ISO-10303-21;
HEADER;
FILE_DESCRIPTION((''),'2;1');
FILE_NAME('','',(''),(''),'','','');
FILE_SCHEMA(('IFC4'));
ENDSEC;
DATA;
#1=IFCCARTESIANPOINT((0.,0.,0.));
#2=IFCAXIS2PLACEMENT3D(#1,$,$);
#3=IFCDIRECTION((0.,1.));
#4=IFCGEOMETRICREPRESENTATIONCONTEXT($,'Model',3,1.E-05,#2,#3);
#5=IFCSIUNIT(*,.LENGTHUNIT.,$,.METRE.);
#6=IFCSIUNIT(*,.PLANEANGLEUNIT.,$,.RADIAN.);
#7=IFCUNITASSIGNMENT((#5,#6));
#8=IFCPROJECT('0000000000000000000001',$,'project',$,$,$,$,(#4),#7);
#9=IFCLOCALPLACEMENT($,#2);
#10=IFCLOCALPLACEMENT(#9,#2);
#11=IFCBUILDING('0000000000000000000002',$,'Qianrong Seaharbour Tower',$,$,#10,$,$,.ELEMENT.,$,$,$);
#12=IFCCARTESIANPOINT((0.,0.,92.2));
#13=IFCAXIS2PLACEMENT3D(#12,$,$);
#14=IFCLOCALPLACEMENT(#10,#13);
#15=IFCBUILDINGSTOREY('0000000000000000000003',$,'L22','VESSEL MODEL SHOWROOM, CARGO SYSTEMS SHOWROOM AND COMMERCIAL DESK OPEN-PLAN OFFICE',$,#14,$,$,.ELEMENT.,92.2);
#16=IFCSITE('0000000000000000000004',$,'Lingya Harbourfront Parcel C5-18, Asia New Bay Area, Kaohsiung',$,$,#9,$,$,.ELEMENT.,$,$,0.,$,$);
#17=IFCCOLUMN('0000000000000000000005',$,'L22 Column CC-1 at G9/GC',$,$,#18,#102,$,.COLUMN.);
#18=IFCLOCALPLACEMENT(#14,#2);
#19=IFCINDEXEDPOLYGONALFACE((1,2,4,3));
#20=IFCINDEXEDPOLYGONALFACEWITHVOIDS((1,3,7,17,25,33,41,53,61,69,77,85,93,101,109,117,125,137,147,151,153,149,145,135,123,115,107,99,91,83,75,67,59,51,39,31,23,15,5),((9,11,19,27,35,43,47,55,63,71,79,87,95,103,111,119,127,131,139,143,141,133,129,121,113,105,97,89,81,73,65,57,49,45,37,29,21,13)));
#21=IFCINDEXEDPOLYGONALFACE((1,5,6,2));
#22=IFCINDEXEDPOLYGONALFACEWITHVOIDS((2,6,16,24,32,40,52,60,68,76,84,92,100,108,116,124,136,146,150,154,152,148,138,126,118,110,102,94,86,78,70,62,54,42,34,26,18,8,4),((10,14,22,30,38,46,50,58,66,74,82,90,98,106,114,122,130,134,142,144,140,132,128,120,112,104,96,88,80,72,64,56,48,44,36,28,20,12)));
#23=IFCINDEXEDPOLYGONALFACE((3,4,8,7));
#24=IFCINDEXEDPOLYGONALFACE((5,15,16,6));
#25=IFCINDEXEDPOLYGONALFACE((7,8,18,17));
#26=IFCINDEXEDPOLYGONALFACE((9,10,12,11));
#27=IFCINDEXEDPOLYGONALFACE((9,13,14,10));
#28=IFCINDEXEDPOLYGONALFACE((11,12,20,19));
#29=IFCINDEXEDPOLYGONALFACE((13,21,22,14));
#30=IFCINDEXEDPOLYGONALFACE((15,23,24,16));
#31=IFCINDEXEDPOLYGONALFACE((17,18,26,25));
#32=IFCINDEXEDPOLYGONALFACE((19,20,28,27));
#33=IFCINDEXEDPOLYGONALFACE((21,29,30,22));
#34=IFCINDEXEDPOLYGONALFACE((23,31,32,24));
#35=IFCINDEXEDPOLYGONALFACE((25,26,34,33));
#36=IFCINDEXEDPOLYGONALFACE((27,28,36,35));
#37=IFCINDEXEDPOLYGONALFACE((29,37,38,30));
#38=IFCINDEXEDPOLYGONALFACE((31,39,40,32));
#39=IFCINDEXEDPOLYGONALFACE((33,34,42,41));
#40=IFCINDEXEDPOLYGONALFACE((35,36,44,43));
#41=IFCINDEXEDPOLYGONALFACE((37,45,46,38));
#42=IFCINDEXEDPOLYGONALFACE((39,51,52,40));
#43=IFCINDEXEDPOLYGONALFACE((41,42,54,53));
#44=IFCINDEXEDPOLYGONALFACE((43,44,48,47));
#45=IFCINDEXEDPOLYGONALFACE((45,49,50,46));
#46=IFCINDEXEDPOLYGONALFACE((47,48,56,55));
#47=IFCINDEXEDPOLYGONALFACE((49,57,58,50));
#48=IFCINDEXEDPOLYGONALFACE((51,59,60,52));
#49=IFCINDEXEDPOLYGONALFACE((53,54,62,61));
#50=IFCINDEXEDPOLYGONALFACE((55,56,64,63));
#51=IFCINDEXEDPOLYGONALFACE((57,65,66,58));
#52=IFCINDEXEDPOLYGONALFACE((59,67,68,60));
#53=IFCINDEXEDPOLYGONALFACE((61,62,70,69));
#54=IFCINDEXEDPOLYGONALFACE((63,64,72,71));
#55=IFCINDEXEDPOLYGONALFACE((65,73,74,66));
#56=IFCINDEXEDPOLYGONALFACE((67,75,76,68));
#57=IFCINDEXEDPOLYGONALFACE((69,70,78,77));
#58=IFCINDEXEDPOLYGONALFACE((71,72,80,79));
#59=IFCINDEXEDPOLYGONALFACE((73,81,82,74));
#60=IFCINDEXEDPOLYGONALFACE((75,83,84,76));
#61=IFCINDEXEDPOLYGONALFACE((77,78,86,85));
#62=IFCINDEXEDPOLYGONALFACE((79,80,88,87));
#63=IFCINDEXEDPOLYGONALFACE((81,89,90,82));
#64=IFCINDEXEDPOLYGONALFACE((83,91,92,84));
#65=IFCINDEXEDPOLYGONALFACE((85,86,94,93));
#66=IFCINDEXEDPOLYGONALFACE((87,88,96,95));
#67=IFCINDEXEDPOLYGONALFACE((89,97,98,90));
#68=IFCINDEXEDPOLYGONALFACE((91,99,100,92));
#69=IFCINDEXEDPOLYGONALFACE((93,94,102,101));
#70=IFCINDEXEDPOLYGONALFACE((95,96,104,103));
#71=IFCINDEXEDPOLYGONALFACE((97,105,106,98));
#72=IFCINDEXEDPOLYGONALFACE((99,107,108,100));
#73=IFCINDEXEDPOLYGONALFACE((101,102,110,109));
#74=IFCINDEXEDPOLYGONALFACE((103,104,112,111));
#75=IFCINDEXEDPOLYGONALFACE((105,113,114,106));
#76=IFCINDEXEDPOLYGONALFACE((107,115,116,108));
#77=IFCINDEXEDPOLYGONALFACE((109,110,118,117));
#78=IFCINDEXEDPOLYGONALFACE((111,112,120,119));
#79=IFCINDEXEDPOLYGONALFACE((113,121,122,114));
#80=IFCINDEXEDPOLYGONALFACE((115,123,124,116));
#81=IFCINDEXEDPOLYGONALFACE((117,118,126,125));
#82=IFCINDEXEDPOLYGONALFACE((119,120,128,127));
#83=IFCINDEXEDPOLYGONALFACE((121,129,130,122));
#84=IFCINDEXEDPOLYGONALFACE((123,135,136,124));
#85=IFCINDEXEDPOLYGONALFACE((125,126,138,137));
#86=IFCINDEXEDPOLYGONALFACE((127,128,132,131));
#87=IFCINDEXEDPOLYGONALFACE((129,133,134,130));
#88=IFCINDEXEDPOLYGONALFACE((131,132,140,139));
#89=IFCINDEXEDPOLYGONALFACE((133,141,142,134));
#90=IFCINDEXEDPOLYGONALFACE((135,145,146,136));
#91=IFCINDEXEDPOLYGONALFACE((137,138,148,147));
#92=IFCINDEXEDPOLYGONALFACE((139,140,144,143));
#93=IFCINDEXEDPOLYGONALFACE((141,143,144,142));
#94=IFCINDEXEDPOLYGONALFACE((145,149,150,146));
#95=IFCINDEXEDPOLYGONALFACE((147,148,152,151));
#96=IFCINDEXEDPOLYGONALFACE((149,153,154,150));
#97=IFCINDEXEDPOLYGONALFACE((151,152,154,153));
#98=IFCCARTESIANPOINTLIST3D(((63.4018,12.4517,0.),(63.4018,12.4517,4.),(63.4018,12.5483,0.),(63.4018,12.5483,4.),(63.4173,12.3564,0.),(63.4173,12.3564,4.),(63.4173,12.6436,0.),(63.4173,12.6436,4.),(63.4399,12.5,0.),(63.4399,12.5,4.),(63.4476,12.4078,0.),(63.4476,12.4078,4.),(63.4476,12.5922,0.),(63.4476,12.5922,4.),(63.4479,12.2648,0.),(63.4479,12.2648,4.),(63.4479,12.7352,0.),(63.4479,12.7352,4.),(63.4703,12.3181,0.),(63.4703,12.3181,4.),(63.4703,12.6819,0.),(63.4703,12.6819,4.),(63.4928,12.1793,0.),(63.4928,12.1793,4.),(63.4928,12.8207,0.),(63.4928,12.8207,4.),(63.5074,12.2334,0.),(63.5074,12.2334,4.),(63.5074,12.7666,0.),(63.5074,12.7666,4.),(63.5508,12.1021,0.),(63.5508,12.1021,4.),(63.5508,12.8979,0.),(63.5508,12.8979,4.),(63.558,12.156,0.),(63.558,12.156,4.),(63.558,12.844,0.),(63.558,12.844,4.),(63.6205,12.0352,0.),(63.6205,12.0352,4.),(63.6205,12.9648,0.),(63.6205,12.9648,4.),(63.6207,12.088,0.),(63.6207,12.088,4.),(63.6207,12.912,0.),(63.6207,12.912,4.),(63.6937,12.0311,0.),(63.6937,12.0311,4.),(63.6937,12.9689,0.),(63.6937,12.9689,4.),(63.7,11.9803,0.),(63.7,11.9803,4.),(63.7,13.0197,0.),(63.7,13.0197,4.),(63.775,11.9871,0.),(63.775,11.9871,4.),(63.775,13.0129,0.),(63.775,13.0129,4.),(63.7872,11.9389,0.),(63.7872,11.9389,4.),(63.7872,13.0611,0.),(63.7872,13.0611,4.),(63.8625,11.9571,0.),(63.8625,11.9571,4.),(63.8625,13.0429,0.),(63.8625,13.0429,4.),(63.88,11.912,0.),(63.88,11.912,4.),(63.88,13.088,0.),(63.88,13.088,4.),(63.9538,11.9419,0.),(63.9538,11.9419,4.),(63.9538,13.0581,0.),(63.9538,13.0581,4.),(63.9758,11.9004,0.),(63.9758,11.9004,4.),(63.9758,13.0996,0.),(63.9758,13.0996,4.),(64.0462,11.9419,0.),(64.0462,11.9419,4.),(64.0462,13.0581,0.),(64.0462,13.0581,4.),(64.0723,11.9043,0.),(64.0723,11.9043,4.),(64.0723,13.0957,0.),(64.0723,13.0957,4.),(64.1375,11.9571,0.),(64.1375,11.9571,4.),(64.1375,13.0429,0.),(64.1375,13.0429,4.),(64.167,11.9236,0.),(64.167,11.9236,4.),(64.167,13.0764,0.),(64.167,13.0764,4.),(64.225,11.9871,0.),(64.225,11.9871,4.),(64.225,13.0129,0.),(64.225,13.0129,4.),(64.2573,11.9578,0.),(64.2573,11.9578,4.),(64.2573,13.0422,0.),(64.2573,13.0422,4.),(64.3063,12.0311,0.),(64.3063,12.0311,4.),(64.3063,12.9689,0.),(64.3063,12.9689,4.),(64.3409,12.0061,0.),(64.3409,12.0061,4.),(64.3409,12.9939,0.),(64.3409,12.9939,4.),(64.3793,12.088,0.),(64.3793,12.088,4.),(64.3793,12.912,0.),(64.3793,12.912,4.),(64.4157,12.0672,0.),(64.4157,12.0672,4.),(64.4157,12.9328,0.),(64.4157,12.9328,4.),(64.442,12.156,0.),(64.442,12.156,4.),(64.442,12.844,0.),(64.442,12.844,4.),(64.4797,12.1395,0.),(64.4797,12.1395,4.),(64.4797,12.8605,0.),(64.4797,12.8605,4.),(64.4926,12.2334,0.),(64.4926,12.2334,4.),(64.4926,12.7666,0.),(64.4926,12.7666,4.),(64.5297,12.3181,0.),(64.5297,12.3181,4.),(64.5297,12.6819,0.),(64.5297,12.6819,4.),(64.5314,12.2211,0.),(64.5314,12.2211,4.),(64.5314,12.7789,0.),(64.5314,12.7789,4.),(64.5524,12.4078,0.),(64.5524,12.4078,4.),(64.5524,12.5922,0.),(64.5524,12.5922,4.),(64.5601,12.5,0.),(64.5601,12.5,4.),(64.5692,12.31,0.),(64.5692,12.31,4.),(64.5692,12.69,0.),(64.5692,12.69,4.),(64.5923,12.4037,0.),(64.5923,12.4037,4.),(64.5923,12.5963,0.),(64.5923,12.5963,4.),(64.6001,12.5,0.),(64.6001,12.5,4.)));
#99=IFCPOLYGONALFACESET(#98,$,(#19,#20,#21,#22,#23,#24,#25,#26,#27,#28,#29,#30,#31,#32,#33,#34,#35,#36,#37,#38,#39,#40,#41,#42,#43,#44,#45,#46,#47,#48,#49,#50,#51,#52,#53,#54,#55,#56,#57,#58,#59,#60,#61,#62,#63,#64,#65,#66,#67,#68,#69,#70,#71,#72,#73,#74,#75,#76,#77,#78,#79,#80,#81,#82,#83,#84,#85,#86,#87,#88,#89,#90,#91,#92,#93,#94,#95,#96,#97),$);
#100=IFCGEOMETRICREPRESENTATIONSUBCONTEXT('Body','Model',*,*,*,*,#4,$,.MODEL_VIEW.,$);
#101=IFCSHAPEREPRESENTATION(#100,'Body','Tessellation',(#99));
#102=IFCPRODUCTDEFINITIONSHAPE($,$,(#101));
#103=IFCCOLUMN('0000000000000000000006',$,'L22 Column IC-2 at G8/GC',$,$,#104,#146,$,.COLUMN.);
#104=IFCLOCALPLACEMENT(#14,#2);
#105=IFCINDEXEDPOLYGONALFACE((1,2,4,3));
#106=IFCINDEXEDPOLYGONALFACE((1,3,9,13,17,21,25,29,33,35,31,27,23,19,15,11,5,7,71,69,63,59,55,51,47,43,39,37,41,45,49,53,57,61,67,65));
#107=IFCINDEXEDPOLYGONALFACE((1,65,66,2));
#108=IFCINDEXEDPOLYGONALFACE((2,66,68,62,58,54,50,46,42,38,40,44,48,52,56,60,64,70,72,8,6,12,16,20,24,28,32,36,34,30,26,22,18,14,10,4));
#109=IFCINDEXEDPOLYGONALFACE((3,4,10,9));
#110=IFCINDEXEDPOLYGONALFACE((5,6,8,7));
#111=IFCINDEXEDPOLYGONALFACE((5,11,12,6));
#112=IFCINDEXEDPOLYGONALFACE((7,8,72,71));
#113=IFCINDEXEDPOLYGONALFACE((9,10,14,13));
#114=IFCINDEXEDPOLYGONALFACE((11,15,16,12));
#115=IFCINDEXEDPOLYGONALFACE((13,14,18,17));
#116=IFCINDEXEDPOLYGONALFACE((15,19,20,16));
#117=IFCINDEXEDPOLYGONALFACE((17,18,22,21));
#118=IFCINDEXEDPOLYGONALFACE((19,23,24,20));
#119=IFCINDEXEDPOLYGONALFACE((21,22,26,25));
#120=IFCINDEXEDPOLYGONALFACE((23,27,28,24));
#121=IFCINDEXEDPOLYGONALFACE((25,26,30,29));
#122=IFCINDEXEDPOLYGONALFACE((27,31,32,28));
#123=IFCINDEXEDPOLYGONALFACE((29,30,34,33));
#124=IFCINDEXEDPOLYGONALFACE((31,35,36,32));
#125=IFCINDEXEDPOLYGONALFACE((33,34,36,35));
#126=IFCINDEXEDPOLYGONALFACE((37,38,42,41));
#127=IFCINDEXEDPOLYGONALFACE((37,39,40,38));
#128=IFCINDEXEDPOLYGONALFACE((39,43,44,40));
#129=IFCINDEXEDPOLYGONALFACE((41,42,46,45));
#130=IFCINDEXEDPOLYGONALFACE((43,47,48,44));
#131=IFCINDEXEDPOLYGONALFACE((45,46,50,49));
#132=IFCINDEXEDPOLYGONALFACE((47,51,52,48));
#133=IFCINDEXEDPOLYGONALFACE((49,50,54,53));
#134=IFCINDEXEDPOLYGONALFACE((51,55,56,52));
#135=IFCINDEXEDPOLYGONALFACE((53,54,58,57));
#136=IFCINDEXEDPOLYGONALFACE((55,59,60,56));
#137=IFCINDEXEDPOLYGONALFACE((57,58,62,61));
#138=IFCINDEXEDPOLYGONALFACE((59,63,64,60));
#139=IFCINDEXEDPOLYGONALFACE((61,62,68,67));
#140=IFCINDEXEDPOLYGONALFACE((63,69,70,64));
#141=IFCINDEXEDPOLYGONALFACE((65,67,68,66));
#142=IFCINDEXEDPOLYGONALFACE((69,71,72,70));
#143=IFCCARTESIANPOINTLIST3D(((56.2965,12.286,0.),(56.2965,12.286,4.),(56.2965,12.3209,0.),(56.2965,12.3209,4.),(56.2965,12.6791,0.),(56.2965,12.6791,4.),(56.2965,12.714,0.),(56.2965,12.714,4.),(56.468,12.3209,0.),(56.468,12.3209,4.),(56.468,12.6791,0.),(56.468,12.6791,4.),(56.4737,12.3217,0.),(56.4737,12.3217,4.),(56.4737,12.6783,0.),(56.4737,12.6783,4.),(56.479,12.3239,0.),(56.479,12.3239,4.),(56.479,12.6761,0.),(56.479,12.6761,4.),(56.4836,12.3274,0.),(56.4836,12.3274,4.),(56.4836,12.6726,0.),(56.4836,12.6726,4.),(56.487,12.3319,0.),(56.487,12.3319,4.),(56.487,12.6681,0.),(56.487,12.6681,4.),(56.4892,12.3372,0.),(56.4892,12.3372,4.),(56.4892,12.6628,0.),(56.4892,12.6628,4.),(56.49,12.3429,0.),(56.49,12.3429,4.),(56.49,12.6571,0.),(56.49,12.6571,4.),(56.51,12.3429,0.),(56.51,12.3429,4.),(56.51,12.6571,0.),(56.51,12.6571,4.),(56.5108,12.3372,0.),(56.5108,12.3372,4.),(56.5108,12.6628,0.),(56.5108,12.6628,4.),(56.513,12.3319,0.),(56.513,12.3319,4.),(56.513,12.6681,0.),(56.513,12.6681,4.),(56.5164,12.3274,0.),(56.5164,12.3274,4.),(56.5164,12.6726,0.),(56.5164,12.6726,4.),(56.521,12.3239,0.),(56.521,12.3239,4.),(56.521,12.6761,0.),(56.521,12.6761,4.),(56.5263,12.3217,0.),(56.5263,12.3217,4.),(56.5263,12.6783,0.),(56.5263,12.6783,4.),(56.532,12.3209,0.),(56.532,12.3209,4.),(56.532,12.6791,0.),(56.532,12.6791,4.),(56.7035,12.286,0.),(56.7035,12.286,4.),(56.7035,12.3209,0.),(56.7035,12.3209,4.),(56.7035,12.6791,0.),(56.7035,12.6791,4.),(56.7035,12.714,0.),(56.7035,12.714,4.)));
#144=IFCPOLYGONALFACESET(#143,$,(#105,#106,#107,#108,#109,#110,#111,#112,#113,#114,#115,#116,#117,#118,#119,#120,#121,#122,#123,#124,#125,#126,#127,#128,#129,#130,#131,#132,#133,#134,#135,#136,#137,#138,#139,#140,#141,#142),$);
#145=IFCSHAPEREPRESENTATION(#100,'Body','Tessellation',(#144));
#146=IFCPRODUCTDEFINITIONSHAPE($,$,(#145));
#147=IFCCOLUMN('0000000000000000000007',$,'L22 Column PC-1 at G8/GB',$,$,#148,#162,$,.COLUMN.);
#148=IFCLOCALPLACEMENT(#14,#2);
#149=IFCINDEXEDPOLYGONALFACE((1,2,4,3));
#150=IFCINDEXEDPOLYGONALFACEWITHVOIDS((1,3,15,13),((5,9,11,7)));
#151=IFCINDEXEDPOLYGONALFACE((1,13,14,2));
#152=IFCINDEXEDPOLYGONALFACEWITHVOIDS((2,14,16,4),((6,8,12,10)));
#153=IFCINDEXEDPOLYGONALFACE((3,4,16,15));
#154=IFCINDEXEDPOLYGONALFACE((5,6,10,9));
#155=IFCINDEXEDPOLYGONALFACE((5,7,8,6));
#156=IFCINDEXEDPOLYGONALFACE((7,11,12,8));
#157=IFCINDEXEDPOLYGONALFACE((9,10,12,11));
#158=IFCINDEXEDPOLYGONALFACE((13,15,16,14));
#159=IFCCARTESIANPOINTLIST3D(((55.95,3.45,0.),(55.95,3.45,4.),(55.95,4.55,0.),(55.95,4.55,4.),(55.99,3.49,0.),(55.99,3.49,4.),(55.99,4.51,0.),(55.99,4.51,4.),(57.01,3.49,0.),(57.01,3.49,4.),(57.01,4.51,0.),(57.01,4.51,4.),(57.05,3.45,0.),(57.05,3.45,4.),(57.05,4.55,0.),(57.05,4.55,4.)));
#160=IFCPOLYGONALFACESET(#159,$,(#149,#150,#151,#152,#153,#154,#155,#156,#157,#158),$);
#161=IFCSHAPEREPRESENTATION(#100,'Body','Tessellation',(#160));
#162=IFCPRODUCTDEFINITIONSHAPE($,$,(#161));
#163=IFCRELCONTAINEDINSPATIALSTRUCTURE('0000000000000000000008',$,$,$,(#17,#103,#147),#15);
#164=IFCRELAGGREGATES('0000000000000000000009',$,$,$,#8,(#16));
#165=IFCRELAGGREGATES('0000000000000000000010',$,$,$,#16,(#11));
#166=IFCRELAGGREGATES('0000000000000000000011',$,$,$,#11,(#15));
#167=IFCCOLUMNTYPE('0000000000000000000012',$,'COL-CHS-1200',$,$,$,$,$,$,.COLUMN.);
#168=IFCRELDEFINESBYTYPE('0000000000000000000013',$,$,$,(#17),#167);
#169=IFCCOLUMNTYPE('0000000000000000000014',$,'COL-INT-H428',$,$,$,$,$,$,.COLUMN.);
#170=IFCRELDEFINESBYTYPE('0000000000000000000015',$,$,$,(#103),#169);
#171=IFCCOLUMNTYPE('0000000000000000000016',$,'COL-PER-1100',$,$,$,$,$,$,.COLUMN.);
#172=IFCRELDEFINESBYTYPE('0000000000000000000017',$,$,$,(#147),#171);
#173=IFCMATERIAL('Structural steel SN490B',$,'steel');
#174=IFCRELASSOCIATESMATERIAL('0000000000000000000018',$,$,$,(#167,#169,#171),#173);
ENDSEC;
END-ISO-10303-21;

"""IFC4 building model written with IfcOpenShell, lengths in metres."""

from ifc_helpers import new_model, si_unit, direction, frame, origin, origin_2d, place, context, subcontext, project, spatial, hollow_rectangle, hollow_circle, i_section, extrude, material, material_profile, profile_set, type_object, element, save


model = new_model("IFC4")

# Units and contexts
model_context = context("Model", 3, precision=1e-05, world=origin(), true_north=direction((0.0, 1.0)))
body_context = subcontext(model_context, "Body", "Model", "MODEL_VIEW")
ifc_project = project(units=[si_unit("LENGTHUNIT", "METRE"), si_unit("PLANEANGLEUNIT", "RADIAN")], contexts=[model_context])

# Site, building, storey
site_placement = place(None, origin())
site = spatial("IfcSite", under=ifc_project, at=site_placement, Name="Lingya Harbourfront Parcel C5-18, Asia New Bay Area, Kaohsiung", CompositionType="ELEMENT", RefElevation=0.0)
building_placement = place(site_placement, origin())
building = spatial("IfcBuilding", under=site, at=building_placement, Name="Qianrong Seaharbour Tower", CompositionType="ELEMENT")
storey_placement = place(building_placement, frame((0.0, 0.0, 92.2)))
storey = spatial("IfcBuildingStorey", under=building, at=storey_placement, Name="L22", Description="VESSEL MODEL SHOWROOM, CARGO SYSTEMS SHOWROOM AND COMMERCIAL DESK OPEN-PLAN OFFICE", CompositionType="ELEMENT", Elevation=92.2)

# Columns
ifc_material_1 = material(Name="Structural steel SN490B", Category="steel")
ifc_material_profile_1 = material_profile(ifc_material_1, hollow_circle(Radius=0.6001, WallThickness=0.04, at=origin_2d()), Name="CHS1200x40")
ifc_profile_set_1 = profile_set([ifc_material_profile_1], Name="Structural steel SN490B")
column_type_1 = type_object("IfcColumnType", Name="COL-CHS-1200", PredefinedType="COLUMN", material=ifc_profile_set_1)
column_1_placement = place(storey_placement, frame((64.0, 12.5, 0.0), z_axis=(0.0, 0.0, 1.0), x_axis=(1.0, 0.0, 0.0)))
element("IfcColumn", 1, at=column_1_placement, inside=storey, type_object=column_type_1, Name="L22 Column CC-1 at G9/GC", PredefinedType="COLUMN", context=body_context, shape_type="SweptSolid", body=[
    extrude(hollow_circle(Radius=0.6001, WallThickness=0.04, at=origin_2d()), origin(), (0.0, 0.0, 1.0), 4.0),
])
ifc_material_profile_2 = material_profile(ifc_material_1, i_section(OverallWidth=0.407, OverallDepth=0.428, WebThickness=0.02, FlangeThickness=0.0349, FilletRadius=0.022, at=origin_2d()), Name="H428x407x20x35")
ifc_profile_set_2 = profile_set([ifc_material_profile_2], Name="Structural steel SN490B")
column_type_2 = type_object("IfcColumnType", Name="COL-INT-H428", PredefinedType="COLUMN", material=ifc_profile_set_2)
column_2_placement = place(storey_placement, frame((56.5, 12.5, 0.0), z_axis=(0.0, 0.0, 1.0), x_axis=(1.0, 0.0, 0.0)))
element("IfcColumn", 2, at=column_2_placement, inside=storey, type_object=column_type_2, Name="L22 Column IC-2 at G8/GC", PredefinedType="COLUMN", context=body_context, shape_type="SweptSolid", body=[
    extrude(i_section(OverallWidth=0.407, OverallDepth=0.428, WebThickness=0.02, FlangeThickness=0.0349, FilletRadius=0.022, at=origin_2d()), origin(), (0.0, 0.0, 1.0), 4.0),
])
ifc_material_profile_3 = material_profile(ifc_material_1, hollow_rectangle(XDim=1.1001, YDim=1.1001, WallThickness=0.04, at=origin_2d()), Name="BOX1100x1100x40")
ifc_profile_set_3 = profile_set([ifc_material_profile_3], Name="Structural steel SN490B")
column_type_3 = type_object("IfcColumnType", Name="COL-PER-1100", PredefinedType="COLUMN", material=ifc_profile_set_3)
column_3_placement = place(storey_placement, frame((56.5, 4.0, 0.0), z_axis=(0.0, 0.0, 1.0), x_axis=(1.0, 0.0, 0.0)))
element("IfcColumn", 3, at=column_3_placement, inside=storey, type_object=column_type_3, Name="L22 Column PC-1 at G8/GB", PredefinedType="COLUMN", context=body_context, shape_type="SweptSolid", body=[
    extrude(hollow_rectangle(XDim=1.1001, YDim=1.1001, WallThickness=0.04, at=origin_2d()), origin(), (0.0, 0.0, 1.0), 4.0),
])

save(model, "model.ifc")
